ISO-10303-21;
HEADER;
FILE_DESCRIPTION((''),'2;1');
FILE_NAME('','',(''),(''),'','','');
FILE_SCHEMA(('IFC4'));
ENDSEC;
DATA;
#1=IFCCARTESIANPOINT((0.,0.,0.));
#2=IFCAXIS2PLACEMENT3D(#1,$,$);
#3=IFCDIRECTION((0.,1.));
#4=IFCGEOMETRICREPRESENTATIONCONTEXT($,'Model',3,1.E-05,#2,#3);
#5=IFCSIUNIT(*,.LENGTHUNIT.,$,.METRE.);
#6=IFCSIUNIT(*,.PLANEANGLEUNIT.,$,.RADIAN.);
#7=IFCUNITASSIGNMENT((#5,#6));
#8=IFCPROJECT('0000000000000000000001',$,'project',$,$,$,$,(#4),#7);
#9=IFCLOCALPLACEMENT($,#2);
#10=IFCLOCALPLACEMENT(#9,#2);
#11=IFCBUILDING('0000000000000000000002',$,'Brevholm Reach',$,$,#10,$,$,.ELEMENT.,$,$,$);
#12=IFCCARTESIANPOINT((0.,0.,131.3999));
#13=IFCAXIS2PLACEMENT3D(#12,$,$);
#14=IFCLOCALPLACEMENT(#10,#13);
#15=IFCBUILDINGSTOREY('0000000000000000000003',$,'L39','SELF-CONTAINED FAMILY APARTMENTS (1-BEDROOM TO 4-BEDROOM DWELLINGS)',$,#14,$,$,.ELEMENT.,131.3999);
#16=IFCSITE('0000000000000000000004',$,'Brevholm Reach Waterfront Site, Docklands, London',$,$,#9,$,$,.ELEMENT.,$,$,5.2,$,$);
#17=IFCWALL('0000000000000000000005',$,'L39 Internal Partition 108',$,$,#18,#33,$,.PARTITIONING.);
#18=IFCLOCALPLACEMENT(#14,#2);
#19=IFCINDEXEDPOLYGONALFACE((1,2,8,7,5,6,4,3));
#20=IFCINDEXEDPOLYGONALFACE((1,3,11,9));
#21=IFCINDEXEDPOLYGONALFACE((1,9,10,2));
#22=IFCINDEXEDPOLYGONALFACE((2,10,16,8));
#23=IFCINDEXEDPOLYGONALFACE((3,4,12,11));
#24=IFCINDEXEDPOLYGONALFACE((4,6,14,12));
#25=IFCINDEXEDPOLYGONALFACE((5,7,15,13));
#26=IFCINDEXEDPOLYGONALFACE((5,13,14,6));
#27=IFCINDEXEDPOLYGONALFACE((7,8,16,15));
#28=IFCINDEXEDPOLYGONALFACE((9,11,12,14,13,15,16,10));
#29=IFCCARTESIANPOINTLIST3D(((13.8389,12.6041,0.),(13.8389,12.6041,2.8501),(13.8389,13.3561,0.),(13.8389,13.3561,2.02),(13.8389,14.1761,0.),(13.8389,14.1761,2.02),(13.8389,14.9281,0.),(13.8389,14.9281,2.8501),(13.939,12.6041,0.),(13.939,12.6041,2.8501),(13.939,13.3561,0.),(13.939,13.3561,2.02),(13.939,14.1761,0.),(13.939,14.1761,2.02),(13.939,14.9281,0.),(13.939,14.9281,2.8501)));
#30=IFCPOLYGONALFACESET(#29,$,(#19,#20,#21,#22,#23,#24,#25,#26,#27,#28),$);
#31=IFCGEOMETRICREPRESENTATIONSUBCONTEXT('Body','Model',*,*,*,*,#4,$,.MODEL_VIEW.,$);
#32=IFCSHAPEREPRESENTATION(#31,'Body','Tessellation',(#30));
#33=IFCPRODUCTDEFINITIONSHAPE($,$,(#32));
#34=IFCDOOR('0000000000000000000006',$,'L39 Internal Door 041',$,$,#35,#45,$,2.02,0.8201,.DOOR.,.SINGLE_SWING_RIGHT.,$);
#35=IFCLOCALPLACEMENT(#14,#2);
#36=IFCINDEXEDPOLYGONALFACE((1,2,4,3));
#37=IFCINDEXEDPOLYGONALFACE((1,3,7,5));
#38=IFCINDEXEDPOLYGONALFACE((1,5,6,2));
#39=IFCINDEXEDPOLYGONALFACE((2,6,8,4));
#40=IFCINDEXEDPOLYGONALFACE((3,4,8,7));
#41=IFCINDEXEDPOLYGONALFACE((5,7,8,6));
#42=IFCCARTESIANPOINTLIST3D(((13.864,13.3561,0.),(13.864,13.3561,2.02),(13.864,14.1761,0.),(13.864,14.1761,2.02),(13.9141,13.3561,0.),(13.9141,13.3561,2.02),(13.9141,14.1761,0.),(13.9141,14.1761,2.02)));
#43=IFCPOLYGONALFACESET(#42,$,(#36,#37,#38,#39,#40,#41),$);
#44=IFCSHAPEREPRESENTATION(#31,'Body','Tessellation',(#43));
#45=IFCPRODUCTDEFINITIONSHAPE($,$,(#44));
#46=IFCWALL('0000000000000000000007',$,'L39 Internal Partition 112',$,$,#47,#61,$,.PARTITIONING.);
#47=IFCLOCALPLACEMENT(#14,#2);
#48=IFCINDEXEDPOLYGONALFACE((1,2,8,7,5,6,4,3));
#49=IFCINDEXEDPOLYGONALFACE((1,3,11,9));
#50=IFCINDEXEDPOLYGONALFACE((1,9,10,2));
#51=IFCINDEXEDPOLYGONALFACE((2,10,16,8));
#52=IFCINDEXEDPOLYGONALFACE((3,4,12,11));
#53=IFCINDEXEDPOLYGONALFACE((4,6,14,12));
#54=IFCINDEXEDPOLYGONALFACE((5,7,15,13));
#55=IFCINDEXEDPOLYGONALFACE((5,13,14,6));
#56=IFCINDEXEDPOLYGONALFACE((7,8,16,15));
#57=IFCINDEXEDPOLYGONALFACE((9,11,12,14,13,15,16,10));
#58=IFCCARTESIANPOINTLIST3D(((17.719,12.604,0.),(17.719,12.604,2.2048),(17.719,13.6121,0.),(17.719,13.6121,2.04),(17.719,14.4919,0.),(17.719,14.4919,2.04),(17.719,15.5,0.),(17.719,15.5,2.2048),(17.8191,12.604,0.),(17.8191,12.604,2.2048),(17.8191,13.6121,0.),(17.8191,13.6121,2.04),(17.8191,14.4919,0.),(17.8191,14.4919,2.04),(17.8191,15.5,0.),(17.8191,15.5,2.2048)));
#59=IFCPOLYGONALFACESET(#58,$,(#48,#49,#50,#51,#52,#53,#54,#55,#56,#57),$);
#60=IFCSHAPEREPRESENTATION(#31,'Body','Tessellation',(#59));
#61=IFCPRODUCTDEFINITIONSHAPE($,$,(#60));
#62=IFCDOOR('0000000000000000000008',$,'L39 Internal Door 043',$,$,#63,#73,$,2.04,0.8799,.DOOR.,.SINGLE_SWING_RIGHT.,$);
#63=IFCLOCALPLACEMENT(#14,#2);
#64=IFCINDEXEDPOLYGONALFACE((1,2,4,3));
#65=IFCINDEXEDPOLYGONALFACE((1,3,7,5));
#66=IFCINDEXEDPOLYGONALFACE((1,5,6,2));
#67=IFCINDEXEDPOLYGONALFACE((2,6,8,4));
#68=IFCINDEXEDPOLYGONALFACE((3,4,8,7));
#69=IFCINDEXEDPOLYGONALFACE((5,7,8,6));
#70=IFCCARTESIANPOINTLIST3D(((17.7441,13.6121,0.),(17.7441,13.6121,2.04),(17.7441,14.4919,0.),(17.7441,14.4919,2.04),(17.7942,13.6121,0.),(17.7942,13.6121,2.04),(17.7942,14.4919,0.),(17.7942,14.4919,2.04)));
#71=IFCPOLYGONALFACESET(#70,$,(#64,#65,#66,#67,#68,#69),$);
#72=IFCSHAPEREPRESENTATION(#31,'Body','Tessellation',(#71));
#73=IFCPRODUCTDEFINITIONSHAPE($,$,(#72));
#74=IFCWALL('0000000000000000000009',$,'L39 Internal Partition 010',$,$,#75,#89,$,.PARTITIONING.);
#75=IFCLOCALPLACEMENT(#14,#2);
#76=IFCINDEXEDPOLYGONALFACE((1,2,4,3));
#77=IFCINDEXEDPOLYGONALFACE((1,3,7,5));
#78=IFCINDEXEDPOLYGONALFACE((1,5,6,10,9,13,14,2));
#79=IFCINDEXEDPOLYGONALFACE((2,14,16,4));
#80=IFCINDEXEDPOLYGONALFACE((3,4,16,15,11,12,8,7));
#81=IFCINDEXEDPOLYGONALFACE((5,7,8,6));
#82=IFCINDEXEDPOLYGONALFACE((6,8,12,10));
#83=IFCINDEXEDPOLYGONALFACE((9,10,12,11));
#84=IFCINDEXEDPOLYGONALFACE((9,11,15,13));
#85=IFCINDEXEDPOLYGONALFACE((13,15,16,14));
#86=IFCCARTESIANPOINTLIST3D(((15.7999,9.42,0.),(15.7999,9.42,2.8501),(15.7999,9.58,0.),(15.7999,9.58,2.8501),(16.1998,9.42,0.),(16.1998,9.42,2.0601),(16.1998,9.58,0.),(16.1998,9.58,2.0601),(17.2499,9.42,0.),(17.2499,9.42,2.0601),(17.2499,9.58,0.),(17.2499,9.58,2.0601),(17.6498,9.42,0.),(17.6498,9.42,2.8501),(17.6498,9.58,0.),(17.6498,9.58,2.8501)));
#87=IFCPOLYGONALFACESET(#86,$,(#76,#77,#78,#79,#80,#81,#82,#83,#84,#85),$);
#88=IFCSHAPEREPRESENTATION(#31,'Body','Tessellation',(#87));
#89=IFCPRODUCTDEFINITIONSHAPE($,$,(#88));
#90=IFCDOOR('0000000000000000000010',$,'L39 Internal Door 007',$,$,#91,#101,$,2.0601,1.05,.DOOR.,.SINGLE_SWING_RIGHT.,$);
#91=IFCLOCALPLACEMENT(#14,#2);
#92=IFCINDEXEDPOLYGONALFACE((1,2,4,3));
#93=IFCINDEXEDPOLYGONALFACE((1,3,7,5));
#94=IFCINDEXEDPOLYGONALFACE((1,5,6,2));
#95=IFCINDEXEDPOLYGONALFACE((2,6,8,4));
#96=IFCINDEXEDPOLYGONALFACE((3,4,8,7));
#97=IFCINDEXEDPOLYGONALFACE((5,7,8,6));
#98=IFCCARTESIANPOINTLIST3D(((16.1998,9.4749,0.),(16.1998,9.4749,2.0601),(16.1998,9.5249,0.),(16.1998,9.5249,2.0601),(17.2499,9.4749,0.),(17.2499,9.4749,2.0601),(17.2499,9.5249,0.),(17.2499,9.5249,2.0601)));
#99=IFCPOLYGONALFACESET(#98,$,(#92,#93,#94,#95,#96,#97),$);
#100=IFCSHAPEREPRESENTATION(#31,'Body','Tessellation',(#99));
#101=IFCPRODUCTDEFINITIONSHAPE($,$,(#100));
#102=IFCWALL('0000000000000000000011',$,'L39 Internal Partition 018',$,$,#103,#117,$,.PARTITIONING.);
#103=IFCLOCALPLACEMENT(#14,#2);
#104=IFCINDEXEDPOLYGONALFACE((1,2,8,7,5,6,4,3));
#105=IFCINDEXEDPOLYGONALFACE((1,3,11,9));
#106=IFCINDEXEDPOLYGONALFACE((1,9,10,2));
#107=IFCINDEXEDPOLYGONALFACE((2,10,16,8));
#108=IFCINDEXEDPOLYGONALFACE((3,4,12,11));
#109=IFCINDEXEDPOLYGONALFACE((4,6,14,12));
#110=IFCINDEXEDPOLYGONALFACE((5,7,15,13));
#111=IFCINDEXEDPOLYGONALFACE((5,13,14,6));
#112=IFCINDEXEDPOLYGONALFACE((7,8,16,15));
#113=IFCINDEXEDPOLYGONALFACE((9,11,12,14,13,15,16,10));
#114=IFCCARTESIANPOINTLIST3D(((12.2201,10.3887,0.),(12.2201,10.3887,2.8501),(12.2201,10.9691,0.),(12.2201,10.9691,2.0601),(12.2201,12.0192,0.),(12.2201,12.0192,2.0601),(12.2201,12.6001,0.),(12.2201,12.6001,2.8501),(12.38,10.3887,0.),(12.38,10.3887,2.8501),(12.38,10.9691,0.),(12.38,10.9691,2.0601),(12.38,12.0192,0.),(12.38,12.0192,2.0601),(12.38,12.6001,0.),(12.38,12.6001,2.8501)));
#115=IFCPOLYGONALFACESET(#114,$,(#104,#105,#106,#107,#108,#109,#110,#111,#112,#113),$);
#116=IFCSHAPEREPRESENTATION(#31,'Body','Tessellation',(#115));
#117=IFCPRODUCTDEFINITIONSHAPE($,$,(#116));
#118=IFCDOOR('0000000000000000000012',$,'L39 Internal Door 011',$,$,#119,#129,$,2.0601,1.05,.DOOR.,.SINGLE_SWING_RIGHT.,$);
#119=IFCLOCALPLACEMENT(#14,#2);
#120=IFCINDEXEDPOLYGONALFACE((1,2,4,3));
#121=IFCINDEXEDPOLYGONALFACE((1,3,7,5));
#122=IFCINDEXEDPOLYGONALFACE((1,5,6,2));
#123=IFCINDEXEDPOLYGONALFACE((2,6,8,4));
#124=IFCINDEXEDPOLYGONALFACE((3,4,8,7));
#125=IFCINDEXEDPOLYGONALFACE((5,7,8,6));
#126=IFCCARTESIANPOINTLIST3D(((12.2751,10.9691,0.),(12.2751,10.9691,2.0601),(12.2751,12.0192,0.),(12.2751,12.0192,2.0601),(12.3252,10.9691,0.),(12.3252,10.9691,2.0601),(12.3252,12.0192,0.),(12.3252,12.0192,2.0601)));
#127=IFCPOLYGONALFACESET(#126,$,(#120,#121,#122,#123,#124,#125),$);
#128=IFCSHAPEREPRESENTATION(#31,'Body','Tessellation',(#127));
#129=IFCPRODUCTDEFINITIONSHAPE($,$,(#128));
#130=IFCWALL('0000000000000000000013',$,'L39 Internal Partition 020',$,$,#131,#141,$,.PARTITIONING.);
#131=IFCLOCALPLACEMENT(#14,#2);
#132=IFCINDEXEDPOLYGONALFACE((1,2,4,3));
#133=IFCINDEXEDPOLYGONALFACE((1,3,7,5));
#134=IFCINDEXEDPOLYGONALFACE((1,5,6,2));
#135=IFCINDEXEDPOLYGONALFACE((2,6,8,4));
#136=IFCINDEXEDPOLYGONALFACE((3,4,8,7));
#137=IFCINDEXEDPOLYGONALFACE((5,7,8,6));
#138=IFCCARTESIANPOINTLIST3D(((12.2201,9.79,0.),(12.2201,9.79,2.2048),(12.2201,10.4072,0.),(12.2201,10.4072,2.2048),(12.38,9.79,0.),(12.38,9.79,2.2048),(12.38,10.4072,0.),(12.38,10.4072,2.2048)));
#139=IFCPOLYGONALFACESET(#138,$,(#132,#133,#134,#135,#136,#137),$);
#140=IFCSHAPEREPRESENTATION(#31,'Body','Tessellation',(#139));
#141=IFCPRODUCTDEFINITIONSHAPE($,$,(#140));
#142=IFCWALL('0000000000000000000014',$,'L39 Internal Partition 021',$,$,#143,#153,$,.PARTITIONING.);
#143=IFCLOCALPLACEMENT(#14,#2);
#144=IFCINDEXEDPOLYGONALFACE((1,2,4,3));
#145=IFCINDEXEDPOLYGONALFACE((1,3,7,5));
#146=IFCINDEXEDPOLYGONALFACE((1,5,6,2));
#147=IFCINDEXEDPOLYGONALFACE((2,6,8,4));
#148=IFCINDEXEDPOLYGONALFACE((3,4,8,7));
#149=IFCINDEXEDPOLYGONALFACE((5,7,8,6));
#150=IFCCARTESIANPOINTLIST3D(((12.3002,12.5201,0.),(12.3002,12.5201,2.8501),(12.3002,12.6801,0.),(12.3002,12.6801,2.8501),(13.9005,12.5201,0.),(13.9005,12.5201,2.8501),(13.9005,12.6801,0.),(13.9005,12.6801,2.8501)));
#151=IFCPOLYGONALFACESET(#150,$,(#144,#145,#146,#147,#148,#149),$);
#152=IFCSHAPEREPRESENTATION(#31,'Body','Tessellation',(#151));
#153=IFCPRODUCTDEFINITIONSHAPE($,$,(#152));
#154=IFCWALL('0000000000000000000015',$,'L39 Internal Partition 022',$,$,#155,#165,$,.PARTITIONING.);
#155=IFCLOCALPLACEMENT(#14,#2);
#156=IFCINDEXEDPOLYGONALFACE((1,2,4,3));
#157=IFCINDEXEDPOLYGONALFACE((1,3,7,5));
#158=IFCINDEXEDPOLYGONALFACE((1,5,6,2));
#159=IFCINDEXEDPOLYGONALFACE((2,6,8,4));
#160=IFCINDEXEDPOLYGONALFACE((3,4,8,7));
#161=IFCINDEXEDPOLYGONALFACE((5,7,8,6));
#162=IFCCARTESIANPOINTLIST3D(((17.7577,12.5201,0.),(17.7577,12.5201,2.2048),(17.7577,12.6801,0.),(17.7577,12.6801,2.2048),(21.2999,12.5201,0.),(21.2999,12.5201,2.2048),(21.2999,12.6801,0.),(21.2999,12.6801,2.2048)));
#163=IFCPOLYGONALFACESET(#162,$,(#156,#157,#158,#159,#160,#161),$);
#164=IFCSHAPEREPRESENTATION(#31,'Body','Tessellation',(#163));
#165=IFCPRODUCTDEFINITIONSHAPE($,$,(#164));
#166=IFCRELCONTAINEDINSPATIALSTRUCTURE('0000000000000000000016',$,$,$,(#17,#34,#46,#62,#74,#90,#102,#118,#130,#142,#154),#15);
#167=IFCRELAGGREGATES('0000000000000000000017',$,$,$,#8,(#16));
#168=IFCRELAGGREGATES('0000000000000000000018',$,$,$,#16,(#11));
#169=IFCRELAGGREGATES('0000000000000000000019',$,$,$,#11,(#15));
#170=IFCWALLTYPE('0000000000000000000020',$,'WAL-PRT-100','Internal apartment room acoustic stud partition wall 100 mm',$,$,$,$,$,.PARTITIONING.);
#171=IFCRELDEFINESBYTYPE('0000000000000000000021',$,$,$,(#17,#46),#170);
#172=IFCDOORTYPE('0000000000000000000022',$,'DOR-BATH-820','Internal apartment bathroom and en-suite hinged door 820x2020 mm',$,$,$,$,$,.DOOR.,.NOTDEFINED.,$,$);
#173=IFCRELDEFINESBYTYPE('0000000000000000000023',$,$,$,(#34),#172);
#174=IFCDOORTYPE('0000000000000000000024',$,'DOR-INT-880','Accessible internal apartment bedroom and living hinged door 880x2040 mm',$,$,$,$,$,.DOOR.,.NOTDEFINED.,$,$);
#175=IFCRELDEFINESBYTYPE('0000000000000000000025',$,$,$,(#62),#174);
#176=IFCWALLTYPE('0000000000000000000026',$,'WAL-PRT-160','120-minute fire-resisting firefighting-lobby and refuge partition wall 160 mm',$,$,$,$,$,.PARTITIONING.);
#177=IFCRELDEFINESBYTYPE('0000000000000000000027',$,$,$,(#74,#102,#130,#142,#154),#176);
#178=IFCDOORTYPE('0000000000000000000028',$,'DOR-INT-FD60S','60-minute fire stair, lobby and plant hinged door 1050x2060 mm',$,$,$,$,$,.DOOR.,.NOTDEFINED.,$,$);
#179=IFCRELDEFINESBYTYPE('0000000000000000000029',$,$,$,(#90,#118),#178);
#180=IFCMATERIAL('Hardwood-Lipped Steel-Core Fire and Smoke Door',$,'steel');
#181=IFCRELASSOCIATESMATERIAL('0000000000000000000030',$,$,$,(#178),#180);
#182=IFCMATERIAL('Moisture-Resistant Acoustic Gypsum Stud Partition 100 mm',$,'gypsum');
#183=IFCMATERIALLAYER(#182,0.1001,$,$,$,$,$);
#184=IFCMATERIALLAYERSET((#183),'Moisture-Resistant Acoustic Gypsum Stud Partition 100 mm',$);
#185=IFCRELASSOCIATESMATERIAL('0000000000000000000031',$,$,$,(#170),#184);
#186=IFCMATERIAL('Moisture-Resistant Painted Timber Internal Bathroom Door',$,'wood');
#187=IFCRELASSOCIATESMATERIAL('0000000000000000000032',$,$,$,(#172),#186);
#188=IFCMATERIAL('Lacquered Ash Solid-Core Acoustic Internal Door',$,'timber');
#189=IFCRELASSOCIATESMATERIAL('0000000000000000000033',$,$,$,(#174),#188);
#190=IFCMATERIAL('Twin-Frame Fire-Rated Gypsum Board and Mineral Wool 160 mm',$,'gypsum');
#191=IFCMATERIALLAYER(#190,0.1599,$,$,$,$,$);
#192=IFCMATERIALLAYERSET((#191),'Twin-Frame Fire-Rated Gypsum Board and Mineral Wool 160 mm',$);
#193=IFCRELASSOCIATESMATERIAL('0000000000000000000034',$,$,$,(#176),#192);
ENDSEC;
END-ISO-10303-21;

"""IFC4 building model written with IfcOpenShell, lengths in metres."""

from ifc_helpers import new_model, si_unit, direction, frame, frame_2d, origin, place, context, subcontext, project, spatial, rectangle, extrude, material, layer, layer_set, type_object, element, fill, save


model = new_model("IFC4")

# Units and contexts
model_context = context("Model", 3, precision=1e-05, world=origin(), true_north=direction((0.0, 1.0)))
body_context = subcontext(model_context, "Body", "Model", "MODEL_VIEW")
ifc_project = project(units=[si_unit("LENGTHUNIT", "METRE"), si_unit("PLANEANGLEUNIT", "RADIAN")], contexts=[model_context])

# Site, building, storey
site_placement = place(None, origin())
site = spatial("IfcSite", under=ifc_project, at=site_placement, Name="Brevholm Reach Waterfront Site, Docklands, London", CompositionType="ELEMENT", RefElevation=5.2)
building_placement = place(site_placement, origin())
building = spatial("IfcBuilding", under=site, at=building_placement, Name="Brevholm Reach", CompositionType="ELEMENT")
storey_placement = place(building_placement, frame((0.0, 0.0, 131.3999)))
storey = spatial("IfcBuildingStorey", under=building, at=storey_placement, Name="L39", Description="SELF-CONTAINED FAMILY APARTMENTS (1-BEDROOM TO 4-BEDROOM DWELLINGS)", CompositionType="ELEMENT", Elevation=131.3999)

# Walls, openings, doors
ifc_material_1 = material(Name="Hardwood-Lipped Steel-Core Fire and Smoke Door", Category="steel")
door_type_1 = type_object("IfcDoorType", Name="DOR-INT-FD60S", Description="60-minute fire stair, lobby and plant hinged door 1050x2060 mm", OperationType="NOTDEFINED", PredefinedType="DOOR", material=ifc_material_1)
ifc_material_2 = material(Name="Moisture-Resistant Acoustic Gypsum Stud Partition 100 mm", Category="gypsum")
ifc_layer_1 = layer(ifc_material_2, 0.1001)
ifc_layer_set_1 = layer_set([ifc_layer_1], Name="Moisture-Resistant Acoustic Gypsum Stud Partition 100 mm")
wall_type_1 = type_object("IfcWallType", Name="WAL-PRT-100", Description="Internal apartment room acoustic stud partition wall 100 mm", PredefinedType="PARTITIONING", material=ifc_layer_set_1)
wall_1_placement = place(storey_placement, frame((13.8889, 12.604, 0.0), z_axis=(0.0, 0.0, 1.0), x_axis=(0.0, 1.0, 0.0)))
wall_1 = element("IfcWall", 1, at=wall_1_placement, inside=storey, type_object=wall_type_1, Name="L39 Internal Partition 108", PredefinedType="PARTITIONING", context=body_context, shape_type="SweptSolid", body=[
    extrude(rectangle(XDim=2.324, YDim=0.1001, at=frame_2d((1.1621, 0.0))), origin(), (0.0, 0.0, 1.0), 2.8501),
])
opening_1_placement = place(wall_1_placement, frame((0.752, 0.0, 0.0)))
opening_1 = element("IfcOpeningElement", 2, at=opening_1_placement, cuts=wall_1, PredefinedType="OPENING", context=body_context, shape_type="SweptSolid", body=[
    extrude(rectangle(XDim=0.8201, YDim=2.02, at=frame_2d((0.4102, 1.01))), frame((0.0, 0.0601, 0.0), z_axis=(0.0, -1.0, 0.0), x_axis=(1.0, 0.0, 0.0)), (0.0, 0.0, 1.0), 0.1201),
])
ifc_material_3 = material(Name="Moisture-Resistant Painted Timber Internal Bathroom Door", Category="wood")
door_type_2 = type_object("IfcDoorType", Name="DOR-BATH-820", Description="Internal apartment bathroom and en-suite hinged door 820x2020 mm", OperationType="NOTDEFINED", PredefinedType="DOOR", material=ifc_material_3)
door_1_placement = place(opening_1_placement, origin())
door_1 = element("IfcDoor", 3, at=door_1_placement, inside=storey, type_object=door_type_2, Name="L39 Internal Door 041", OperationType="SINGLE_SWING_RIGHT", OverallHeight=2.02, OverallWidth=0.8201, PredefinedType="DOOR", context=body_context, shape_type="SweptSolid", body=[
    extrude(rectangle(XDim=0.8201, YDim=2.02, at=frame_2d((0.4102, 1.01))), frame((0.0, 0.0249, 0.0), z_axis=(0.0, -1.0, 0.0), x_axis=(1.0, 0.0, 0.0)), (0.0, 0.0, 1.0), 0.05),
])
fill(opening_1, door_1)
wall_2_placement = place(storey_placement, frame((17.769, 12.604, 0.0), z_axis=(0.0, 0.0, 1.0), x_axis=(0.0, 1.0, 0.0)))
wall_2 = element("IfcWall", 4, at=wall_2_placement, inside=storey, type_object=wall_type_1, Name="L39 Internal Partition 112", PredefinedType="PARTITIONING", context=body_context, shape_type="SweptSolid", body=[
    extrude(rectangle(XDim=2.896, YDim=0.1001, at=frame_2d((1.448, 0.0))), origin(), (0.0, 0.0, 1.0), 2.2048),
])
opening_2_placement = place(wall_2_placement, frame((1.0081, 0.0, 0.0)))
opening_2 = element("IfcOpeningElement", 5, at=opening_2_placement, cuts=wall_2, PredefinedType="OPENING", context=body_context, shape_type="SweptSolid", body=[
    extrude(rectangle(XDim=0.8799, YDim=2.04, at=frame_2d((0.4399, 1.02))), frame((0.0, 0.0601, 0.0), z_axis=(0.0, -1.0, 0.0), x_axis=(1.0, 0.0, 0.0)), (0.0, 0.0, 1.0), 0.1201),
])
ifc_material_4 = material(Name="Lacquered Ash Solid-Core Acoustic Internal Door", Category="timber")
door_type_3 = type_object("IfcDoorType", Name="DOR-INT-880", Description="Accessible internal apartment bedroom and living hinged door 880x2040 mm", OperationType="NOTDEFINED", PredefinedType="DOOR", material=ifc_material_4)
door_2_placement = place(opening_2_placement, origin())
door_2 = element("IfcDoor", 6, at=door_2_placement, inside=storey, type_object=door_type_3, Name="L39 Internal Door 043", OperationType="SINGLE_SWING_RIGHT", OverallHeight=2.04, OverallWidth=0.8799, PredefinedType="DOOR", context=body_context, shape_type="SweptSolid", body=[
    extrude(rectangle(XDim=0.8799, YDim=2.04, at=frame_2d((0.4399, 1.02))), frame((0.0, 0.0249, 0.0), z_axis=(0.0, -1.0, 0.0), x_axis=(1.0, 0.0, 0.0)), (0.0, 0.0, 1.0), 0.05),
])
fill(opening_2, door_2)
ifc_material_5 = material(Name="Twin-Frame Fire-Rated Gypsum Board and Mineral Wool 160 mm", Category="gypsum")
ifc_layer_2 = layer(ifc_material_5, 0.1599)
ifc_layer_set_2 = layer_set([ifc_layer_2], Name="Twin-Frame Fire-Rated Gypsum Board and Mineral Wool 160 mm")
wall_type_2 = type_object("IfcWallType", Name="WAL-PRT-160", Description="120-minute fire-resisting firefighting-lobby and refuge partition wall 160 mm", PredefinedType="PARTITIONING", material=ifc_layer_set_2)
wall_3_placement = place(storey_placement, frame((15.8, 9.5, 0.0), z_axis=(0.0, 0.0, 1.0), x_axis=(1.0, 0.0, 0.0)))
wall_3 = element("IfcWall", 7, at=wall_3_placement, inside=storey, type_object=wall_type_2, Name="L39 Internal Partition 010", PredefinedType="PARTITIONING", context=body_context, shape_type="SweptSolid", body=[
    extrude(rectangle(XDim=1.8499, YDim=0.1599, at=frame_2d((0.9248, 0.0))), origin(), (0.0, 0.0, 1.0), 2.8501),
])
opening_3_placement = place(wall_3_placement, frame((0.3999, 0.0, 0.0)))
opening_3 = element("IfcOpeningElement", 8, at=opening_3_placement, cuts=wall_3, PredefinedType="OPENING", context=body_context, shape_type="SweptSolid", body=[
    extrude(rectangle(XDim=1.05, YDim=2.0601, at=frame_2d((0.5249, 1.03))), frame((0.0, 0.0898, 0.0), z_axis=(0.0, -1.0, 0.0), x_axis=(1.0, 0.0, 0.0)), (0.0, 0.0, 1.0), 0.1799),
])
door_3_placement = place(opening_3_placement, origin())
door_3 = element("IfcDoor", 9, at=door_3_placement, inside=storey, type_object=door_type_1, Name="L39 Internal Door 007", OperationType="SINGLE_SWING_RIGHT", OverallHeight=2.0601, OverallWidth=1.05, PredefinedType="DOOR", context=body_context, shape_type="SweptSolid", body=[
    extrude(rectangle(XDim=1.05, YDim=2.0601, at=frame_2d((0.5249, 1.03))), frame((0.0, 0.0249, 0.0), z_axis=(0.0, -1.0, 0.0), x_axis=(1.0, 0.0, 0.0)), (0.0, 0.0, 1.0), 0.05),
])
fill(opening_3, door_3)
wall_4_placement = place(storey_placement, frame((12.3, 10.3887, 0.0), z_axis=(0.0, 0.0, 1.0), x_axis=(0.0, 1.0, 0.0)))
wall_4 = element("IfcWall", 10, at=wall_4_placement, inside=storey, type_object=wall_type_2, Name="L39 Internal Partition 018", PredefinedType="PARTITIONING", context=body_context, shape_type="SweptSolid", body=[
    extrude(rectangle(XDim=2.2114, YDim=0.1599, at=frame_2d((1.1057, 0.0))), origin(), (0.0, 0.0, 1.0), 2.8501),
])
opening_4_placement = place(wall_4_placement, frame((0.5806, 0.0, 0.0)))
opening_4 = element("IfcOpeningElement", 11, at=opening_4_placement, cuts=wall_4, PredefinedType="OPENING", context=body_context, shape_type="SweptSolid", body=[
    extrude(rectangle(XDim=1.05, YDim=2.0601, at=frame_2d((0.5249, 1.03))), frame((0.0, 0.0898, 0.0), z_axis=(0.0, -1.0, 0.0), x_axis=(1.0, 0.0, 0.0)), (0.0, 0.0, 1.0), 0.1799),
])
door_4_placement = place(opening_4_placement, origin())
door_4 = element("IfcDoor", 12, at=door_4_placement, inside=storey, type_object=door_type_1, Name="L39 Internal Door 011", OperationType="SINGLE_SWING_RIGHT", OverallHeight=2.0601, OverallWidth=1.05, PredefinedType="DOOR", context=body_context, shape_type="SweptSolid", body=[
    extrude(rectangle(XDim=1.05, YDim=2.0601, at=frame_2d((0.5249, 1.03))), frame((0.0, 0.0249, 0.0), z_axis=(0.0, -1.0, 0.0), x_axis=(1.0, 0.0, 0.0)), (0.0, 0.0, 1.0), 0.05),
])
fill(opening_4, door_4)

# Walls
wall_5_placement = place(storey_placement, frame((12.3, 9.79, 0.0), z_axis=(0.0, 0.0, 1.0), x_axis=(0.0, 1.0, 0.0)))
element("IfcWall", 13, at=wall_5_placement, inside=storey, type_object=wall_type_2, Name="L39 Internal Partition 020", PredefinedType="PARTITIONING", context=body_context, shape_type="SweptSolid", body=[
    extrude(rectangle(XDim=0.6172, YDim=0.1599, at=frame_2d((0.3086, 0.0))), origin(), (0.0, 0.0, 1.0), 2.2048),
])
wall_6_placement = place(storey_placement, frame((12.3, 12.6001, 0.0), z_axis=(0.0, 0.0, 1.0), x_axis=(1.0, 0.0, 0.0)))
element("IfcWall", 14, at=wall_6_placement, inside=storey, type_object=wall_type_2, Name="L39 Internal Partition 021", PredefinedType="PARTITIONING", context=body_context, shape_type="SweptSolid", body=[
    extrude(rectangle(XDim=1.6003, YDim=0.1599, at=frame_2d((0.8003, 0.0))), origin(), (0.0, 0.0, 1.0), 2.8501),
])
wall_7_placement = place(storey_placement, frame((17.7578, 12.6001, 0.0), z_axis=(0.0, 0.0, 1.0), x_axis=(1.0, 0.0, 0.0)))
element("IfcWall", 15, at=wall_7_placement, inside=storey, type_object=wall_type_2, Name="L39 Internal Partition 022", PredefinedType="PARTITIONING", context=body_context, shape_type="SweptSolid", body=[
    extrude(rectangle(XDim=3.5422, YDim=0.1599, at=frame_2d((1.771, 0.0))), origin(), (0.0, 0.0, 1.0), 2.2048),
])

save(model, "model.ifc")
